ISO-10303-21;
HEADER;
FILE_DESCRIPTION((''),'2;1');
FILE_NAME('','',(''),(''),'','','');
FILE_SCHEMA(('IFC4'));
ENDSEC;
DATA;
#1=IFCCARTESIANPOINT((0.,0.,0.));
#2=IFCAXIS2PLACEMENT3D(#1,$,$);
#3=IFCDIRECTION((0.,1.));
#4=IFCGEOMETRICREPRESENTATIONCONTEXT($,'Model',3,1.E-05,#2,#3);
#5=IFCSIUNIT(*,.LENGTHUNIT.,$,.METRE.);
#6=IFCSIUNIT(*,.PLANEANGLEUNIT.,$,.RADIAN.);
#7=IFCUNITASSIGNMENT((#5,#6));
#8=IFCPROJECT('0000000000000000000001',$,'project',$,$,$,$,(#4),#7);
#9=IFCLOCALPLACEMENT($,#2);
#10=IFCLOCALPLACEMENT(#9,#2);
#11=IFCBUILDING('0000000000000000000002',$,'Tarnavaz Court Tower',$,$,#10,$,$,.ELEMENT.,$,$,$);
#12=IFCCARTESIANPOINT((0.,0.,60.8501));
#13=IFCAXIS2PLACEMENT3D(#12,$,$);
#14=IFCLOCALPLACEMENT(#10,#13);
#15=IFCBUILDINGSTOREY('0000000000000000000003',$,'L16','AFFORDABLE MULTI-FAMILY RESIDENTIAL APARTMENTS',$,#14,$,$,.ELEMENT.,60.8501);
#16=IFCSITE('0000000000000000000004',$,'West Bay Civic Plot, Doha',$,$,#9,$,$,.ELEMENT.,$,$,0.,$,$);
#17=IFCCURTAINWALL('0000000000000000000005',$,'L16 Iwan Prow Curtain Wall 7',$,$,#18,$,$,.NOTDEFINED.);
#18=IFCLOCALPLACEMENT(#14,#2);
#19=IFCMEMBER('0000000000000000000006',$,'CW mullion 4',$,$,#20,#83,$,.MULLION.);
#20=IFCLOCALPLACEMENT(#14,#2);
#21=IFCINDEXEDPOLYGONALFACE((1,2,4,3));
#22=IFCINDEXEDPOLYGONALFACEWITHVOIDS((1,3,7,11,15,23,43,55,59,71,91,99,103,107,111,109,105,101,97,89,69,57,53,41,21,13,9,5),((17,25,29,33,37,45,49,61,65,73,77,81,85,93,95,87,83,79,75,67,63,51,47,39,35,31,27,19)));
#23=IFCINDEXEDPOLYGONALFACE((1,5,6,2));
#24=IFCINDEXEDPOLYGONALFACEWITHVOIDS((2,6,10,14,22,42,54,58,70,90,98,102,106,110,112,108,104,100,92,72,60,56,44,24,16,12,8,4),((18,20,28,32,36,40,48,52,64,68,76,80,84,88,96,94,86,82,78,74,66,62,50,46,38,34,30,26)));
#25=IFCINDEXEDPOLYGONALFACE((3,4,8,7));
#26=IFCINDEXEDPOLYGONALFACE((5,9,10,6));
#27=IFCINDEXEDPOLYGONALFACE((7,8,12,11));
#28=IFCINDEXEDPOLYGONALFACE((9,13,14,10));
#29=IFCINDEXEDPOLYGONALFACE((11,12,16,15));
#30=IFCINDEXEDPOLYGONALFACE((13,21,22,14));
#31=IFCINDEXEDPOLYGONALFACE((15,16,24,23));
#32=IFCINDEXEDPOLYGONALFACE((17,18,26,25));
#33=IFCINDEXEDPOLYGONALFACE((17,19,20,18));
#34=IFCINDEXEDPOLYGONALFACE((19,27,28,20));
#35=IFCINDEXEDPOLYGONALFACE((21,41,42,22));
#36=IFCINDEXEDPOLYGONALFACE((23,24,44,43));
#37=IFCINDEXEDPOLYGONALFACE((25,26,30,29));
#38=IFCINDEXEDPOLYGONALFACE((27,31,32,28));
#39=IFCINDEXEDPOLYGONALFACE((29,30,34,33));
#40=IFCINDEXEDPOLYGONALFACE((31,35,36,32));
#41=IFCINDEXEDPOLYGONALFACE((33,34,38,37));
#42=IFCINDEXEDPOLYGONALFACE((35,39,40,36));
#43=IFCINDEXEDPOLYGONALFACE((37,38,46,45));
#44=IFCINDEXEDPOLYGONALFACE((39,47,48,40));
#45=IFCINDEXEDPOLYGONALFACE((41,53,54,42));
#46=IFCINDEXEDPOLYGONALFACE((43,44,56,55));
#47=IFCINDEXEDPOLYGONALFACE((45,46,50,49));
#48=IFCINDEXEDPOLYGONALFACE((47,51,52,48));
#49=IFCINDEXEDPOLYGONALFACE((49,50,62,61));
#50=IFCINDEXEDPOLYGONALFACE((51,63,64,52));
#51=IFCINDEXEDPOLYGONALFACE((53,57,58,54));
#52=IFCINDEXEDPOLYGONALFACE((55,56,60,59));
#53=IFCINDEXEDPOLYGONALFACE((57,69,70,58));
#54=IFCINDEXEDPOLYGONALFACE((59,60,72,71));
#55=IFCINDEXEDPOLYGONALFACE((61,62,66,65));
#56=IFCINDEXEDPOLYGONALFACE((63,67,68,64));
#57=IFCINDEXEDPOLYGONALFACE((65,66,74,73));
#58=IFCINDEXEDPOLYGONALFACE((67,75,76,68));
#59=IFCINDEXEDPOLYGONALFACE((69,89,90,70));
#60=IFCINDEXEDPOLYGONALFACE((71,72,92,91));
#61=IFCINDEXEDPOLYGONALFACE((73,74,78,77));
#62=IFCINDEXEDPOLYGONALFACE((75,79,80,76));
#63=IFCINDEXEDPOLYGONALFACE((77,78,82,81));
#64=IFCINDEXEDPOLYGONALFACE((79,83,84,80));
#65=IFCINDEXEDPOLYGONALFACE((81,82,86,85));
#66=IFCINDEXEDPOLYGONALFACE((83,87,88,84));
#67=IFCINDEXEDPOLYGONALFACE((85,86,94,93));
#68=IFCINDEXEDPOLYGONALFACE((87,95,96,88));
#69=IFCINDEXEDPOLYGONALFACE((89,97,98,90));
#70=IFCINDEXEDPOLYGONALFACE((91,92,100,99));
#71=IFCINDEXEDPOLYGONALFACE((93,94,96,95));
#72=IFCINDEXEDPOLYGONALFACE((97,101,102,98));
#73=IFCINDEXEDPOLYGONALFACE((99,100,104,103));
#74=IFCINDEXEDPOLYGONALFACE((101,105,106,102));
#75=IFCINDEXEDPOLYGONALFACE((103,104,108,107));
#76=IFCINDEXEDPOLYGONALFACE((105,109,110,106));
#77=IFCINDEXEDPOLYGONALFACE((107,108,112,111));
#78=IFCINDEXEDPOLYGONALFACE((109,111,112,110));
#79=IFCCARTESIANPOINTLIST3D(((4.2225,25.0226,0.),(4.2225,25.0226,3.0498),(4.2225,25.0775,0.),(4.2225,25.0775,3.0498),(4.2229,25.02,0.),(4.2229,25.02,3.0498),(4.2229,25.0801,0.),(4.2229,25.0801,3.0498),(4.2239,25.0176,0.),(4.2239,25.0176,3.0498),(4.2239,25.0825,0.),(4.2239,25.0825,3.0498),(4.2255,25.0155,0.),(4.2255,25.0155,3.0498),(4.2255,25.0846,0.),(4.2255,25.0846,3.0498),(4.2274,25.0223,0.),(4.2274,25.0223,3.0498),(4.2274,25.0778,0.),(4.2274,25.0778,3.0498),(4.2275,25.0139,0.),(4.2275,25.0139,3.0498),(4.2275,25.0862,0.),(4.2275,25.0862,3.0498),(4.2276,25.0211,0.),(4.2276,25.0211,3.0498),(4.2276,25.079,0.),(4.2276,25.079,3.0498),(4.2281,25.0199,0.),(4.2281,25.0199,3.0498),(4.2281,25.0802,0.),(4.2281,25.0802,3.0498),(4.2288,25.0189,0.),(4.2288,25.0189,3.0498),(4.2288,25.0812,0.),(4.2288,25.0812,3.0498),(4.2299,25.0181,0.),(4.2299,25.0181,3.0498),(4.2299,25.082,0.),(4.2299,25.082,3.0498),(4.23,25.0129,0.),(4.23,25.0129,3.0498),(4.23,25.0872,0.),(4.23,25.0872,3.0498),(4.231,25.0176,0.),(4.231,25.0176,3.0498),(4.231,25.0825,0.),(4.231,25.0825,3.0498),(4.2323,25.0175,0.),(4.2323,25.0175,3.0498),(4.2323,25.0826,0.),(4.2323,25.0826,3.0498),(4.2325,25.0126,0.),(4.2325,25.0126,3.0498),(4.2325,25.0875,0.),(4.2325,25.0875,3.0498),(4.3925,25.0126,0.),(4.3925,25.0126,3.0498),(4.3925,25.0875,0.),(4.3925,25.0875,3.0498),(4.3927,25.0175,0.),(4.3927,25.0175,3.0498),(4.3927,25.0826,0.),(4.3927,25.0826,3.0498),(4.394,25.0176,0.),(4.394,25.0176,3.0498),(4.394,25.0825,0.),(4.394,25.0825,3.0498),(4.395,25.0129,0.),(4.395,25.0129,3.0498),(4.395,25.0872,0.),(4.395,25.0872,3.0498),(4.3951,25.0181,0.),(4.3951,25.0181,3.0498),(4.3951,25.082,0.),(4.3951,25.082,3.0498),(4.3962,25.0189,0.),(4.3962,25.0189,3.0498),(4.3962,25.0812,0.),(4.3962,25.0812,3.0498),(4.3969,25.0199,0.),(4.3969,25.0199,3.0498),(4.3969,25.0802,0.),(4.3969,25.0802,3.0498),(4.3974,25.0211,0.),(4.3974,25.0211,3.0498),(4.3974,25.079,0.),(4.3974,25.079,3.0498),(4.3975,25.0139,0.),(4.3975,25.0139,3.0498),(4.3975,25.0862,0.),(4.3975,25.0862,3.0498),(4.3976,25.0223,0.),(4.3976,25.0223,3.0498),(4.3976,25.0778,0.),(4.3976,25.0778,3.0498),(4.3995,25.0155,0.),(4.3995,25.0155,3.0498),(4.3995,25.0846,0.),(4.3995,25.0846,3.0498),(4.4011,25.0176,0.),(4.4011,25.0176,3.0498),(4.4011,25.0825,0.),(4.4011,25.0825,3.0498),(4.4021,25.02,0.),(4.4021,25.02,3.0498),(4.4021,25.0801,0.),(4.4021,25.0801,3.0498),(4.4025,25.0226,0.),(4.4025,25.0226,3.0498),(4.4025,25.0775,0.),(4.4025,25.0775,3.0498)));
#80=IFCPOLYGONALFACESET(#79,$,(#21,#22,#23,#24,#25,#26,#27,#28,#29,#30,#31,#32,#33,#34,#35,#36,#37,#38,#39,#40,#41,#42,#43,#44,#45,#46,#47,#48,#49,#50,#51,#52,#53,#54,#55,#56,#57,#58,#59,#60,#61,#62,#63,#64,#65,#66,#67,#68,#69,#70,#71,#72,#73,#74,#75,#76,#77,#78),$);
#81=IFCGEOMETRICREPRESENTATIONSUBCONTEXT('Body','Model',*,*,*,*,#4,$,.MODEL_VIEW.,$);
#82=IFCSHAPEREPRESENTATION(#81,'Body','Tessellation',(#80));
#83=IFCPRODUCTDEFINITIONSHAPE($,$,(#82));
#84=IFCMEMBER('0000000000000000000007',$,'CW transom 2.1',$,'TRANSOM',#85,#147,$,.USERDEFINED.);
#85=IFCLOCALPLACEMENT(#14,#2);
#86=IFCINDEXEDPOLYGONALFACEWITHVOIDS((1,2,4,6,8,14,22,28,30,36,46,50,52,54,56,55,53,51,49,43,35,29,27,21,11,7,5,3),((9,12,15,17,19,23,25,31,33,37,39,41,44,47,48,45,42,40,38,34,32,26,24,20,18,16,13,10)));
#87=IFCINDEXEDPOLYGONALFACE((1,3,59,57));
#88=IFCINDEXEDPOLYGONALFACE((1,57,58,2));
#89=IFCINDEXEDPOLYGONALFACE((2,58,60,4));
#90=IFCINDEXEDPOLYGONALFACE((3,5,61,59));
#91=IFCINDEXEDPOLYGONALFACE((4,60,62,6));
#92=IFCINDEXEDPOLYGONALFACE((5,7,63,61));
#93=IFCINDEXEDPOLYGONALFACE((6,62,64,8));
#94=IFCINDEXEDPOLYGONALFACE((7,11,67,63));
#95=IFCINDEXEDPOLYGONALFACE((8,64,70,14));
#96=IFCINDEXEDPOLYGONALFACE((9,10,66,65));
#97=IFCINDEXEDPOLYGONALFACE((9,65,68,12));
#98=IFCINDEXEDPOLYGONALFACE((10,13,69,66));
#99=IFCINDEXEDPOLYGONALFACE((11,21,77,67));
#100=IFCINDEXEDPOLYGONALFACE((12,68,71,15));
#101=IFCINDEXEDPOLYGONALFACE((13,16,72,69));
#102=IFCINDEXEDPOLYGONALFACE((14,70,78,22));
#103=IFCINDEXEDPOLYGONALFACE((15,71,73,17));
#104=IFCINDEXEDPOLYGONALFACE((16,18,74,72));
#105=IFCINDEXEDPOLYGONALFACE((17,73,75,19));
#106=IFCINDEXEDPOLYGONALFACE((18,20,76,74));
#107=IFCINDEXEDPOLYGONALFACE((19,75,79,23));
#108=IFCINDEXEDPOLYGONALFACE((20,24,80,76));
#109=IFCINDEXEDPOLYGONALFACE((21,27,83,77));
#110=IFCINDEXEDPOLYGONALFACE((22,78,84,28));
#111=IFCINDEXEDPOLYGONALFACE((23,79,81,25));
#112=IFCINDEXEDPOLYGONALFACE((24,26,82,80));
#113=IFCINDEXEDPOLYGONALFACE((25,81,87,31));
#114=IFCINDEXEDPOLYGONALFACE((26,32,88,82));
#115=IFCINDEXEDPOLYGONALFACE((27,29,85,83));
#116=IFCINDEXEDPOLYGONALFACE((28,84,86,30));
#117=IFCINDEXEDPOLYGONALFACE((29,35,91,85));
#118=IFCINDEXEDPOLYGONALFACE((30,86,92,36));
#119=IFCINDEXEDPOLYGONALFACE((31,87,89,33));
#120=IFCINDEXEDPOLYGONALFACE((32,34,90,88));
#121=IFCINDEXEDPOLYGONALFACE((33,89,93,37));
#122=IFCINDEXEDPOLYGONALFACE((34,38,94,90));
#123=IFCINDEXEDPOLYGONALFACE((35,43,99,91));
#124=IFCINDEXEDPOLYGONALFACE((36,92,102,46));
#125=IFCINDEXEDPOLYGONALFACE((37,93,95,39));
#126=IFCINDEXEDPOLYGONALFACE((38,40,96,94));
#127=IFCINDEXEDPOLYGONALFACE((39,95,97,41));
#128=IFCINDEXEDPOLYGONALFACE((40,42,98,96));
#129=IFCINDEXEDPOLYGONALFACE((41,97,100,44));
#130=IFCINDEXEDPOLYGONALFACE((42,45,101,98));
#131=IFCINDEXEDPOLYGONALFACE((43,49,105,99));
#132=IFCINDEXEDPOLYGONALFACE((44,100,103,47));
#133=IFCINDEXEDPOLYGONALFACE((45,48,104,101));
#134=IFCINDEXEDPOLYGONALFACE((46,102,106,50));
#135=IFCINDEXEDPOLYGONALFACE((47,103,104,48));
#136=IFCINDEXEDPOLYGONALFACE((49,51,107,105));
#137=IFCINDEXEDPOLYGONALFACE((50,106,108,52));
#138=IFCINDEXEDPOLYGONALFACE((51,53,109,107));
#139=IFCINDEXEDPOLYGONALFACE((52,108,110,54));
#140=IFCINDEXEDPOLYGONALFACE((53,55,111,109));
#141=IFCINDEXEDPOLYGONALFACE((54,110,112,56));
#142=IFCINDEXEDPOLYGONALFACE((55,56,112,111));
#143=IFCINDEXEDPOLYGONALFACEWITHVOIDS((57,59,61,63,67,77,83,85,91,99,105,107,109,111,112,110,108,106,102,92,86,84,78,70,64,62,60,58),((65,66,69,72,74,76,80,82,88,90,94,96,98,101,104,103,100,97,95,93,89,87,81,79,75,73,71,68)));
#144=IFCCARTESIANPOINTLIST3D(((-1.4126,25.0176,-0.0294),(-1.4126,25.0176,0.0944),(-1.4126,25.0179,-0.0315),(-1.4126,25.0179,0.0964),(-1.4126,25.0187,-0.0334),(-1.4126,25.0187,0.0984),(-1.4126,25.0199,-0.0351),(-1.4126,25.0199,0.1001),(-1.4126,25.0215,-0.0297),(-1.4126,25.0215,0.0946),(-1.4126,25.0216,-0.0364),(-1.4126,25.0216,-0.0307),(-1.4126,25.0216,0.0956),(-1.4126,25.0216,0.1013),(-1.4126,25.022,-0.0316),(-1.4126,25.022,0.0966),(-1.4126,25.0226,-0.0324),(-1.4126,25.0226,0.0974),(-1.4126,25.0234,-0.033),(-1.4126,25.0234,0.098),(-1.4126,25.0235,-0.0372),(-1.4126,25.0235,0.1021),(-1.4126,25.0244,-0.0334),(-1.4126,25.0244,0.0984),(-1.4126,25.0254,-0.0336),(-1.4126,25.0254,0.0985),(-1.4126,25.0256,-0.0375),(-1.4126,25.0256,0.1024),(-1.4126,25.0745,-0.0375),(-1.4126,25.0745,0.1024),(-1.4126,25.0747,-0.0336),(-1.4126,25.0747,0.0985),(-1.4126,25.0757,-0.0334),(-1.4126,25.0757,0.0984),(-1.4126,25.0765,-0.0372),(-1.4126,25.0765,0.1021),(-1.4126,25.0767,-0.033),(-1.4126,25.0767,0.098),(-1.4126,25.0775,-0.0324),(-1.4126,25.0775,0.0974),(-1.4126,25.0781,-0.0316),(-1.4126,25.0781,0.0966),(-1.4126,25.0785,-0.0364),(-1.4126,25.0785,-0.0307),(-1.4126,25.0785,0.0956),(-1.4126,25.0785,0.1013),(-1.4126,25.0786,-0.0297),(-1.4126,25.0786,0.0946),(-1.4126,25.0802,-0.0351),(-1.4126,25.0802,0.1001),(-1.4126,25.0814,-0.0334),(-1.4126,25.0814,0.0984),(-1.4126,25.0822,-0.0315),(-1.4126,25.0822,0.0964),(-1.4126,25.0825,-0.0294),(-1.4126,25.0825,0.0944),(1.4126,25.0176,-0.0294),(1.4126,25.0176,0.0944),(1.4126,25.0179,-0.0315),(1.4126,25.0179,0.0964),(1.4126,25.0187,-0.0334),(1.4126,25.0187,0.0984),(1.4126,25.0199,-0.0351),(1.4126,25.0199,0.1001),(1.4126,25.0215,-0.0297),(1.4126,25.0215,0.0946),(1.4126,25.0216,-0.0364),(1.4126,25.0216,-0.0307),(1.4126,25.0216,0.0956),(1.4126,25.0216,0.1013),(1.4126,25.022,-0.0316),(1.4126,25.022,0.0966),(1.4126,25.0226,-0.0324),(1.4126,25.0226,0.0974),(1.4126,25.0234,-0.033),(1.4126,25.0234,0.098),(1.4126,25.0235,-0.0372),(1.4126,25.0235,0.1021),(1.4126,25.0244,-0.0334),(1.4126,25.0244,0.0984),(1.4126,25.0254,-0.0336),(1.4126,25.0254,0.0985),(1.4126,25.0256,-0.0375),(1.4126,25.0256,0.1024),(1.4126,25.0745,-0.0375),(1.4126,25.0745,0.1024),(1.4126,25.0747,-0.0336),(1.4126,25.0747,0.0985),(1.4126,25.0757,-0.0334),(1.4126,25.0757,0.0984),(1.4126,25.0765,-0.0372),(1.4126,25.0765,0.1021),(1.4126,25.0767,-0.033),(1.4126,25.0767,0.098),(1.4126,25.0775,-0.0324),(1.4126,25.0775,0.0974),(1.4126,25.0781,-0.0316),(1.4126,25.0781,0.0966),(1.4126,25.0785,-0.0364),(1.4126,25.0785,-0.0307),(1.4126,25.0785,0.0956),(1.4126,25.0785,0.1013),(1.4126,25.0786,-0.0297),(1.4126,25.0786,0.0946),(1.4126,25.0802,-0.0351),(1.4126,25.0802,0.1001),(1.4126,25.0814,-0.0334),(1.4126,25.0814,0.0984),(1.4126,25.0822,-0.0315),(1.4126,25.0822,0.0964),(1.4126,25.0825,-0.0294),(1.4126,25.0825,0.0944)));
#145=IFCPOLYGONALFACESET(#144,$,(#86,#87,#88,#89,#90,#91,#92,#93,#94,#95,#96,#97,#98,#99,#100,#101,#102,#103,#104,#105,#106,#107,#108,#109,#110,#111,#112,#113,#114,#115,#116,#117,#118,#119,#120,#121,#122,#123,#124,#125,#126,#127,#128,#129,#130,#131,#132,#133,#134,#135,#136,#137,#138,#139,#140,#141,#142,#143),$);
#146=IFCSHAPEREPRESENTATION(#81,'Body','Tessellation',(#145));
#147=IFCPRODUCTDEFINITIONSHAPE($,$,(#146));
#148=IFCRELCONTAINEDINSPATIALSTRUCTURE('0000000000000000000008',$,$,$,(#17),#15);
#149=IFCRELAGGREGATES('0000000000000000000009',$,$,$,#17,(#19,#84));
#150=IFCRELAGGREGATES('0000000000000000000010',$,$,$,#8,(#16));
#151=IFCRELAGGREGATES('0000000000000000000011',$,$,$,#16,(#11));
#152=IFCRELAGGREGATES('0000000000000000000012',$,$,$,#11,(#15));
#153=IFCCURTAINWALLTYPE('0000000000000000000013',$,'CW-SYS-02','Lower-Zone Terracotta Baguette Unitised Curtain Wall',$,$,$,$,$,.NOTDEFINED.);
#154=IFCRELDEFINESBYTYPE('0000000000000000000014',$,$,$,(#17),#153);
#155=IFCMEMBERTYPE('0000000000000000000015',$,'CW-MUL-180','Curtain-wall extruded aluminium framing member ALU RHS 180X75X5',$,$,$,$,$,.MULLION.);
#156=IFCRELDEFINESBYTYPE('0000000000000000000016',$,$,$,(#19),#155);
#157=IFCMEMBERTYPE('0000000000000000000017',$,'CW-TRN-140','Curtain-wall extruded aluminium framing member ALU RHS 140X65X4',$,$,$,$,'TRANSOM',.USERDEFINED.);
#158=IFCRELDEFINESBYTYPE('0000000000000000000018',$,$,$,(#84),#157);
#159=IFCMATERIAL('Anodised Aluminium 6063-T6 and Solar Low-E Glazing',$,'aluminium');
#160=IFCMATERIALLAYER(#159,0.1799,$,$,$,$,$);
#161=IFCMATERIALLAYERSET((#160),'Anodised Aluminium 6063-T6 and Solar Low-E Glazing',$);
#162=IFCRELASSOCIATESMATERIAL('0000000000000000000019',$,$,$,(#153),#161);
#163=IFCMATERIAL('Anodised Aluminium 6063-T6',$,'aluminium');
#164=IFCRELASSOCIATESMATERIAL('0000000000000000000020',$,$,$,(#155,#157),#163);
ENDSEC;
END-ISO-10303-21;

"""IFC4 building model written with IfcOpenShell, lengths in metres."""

from ifc_helpers import new_model, si_unit, direction, frame, origin, origin_2d, place, context, subcontext, project, spatial, hollow_rectangle, extrude, material, layer, layer_set, material_profile, profile_set, type_object, element, aggregate, save


model = new_model("IFC4")

# Units and contexts
model_context = context("Model", 3, precision=1e-05, world=origin(), true_north=direction((0.0, 1.0)))
body_context = subcontext(model_context, "Body", "Model", "MODEL_VIEW")
ifc_project = project(units=[si_unit("LENGTHUNIT", "METRE"), si_unit("PLANEANGLEUNIT", "RADIAN")], contexts=[model_context])

# Site, building, storey
site_placement = place(None, origin())
site = spatial("IfcSite", under=ifc_project, at=site_placement, Name="West Bay Civic Plot, Doha", CompositionType="ELEMENT", RefElevation=0.0)
building_placement = place(site_placement, origin())
building = spatial("IfcBuilding", under=site, at=building_placement, Name="Tarnavaz Court Tower", CompositionType="ELEMENT")
storey_placement = place(building_placement, frame((0.0, 0.0, 60.8501)))
storey = spatial("IfcBuildingStorey", under=building, at=storey_placement, Name="L16", Description="AFFORDABLE MULTI-FAMILY RESIDENTIAL APARTMENTS", CompositionType="ELEMENT", Elevation=60.8501)

# Curtain wall, members
ifc_material_1 = material(Name="Anodised Aluminium 6063-T6 and Solar Low-E Glazing", Category="aluminium")
ifc_layer_1 = layer(ifc_material_1, 0.1799)
ifc_layer_set_1 = layer_set([ifc_layer_1], Name="Anodised Aluminium 6063-T6 and Solar Low-E Glazing")
curtain_wall_type = type_object("IfcCurtainWallType", Name="CW-SYS-02", Description="Lower-Zone Terracotta Baguette Unitised Curtain Wall", PredefinedType="NOTDEFINED", material=ifc_layer_set_1)
curtain_wall_placement = place(storey_placement, origin())
curtain_wall = element("IfcCurtainWall", 1, at=curtain_wall_placement, inside=storey, type_object=curtain_wall_type, Name="L16 Iwan Prow Curtain Wall 7", PredefinedType="NOTDEFINED")
ifc_material_2 = material(Name="Anodised Aluminium 6063-T6", Category="aluminium")
ifc_material_profile_1 = material_profile(ifc_material_2, hollow_rectangle(XDim=0.075, YDim=0.1799, WallThickness=0.0049, InnerFilletRadius=0.0049, OuterFilletRadius=0.01, at=origin_2d()), Name="ALU RHS 180X75X5")
ifc_profile_set_1 = profile_set([ifc_material_profile_1], Name="Anodised Aluminium 6063-T6")
member_type_1 = type_object("IfcMemberType", Name="CW-MUL-180", Description="Curtain-wall extruded aluminium framing member ALU RHS 180X75X5", PredefinedType="MULLION", material=ifc_profile_set_1)
member_1_placement = place(storey_placement, frame((4.3125, 25.05, 0.0), z_axis=(0.0, 0.0, 1.0), x_axis=(0.0, 1.0, 0.0)))
member_1 = element("IfcMember", 2, at=member_1_placement, type_object=member_type_1, Name="CW mullion 4", PredefinedType="MULLION", context=body_context, shape_type="SweptSolid", body=[
    extrude(hollow_rectangle(XDim=0.075, YDim=0.1799, WallThickness=0.0049, InnerFilletRadius=0.0049, OuterFilletRadius=0.01, at=origin_2d()), origin(), (0.0, 0.0, 1.0), 3.0498),
])
ifc_material_profile_2 = material_profile(ifc_material_2, hollow_rectangle(XDim=0.0649, YDim=0.1399, WallThickness=0.0039, InnerFilletRadius=0.0039, OuterFilletRadius=0.0081, at=origin_2d()), Name="ALU RHS 140X65X4")
ifc_profile_set_2 = profile_set([ifc_material_profile_2], Name="Anodised Aluminium 6063-T6")
member_type_2 = type_object("IfcMemberType", Name="CW-TRN-140", Description="Curtain-wall extruded aluminium framing member ALU RHS 140X65X4", ElementType="TRANSOM", PredefinedType="USERDEFINED", material=ifc_profile_set_2)
member_2_placement = place(storey_placement, frame((-1.4126, 25.05, 0.0325), z_axis=(1.0, 0.0, 0.0), x_axis=(0.0, 1.0, 0.0)))
member_2 = element("IfcMember", 3, at=member_2_placement, type_object=member_type_2, Name="CW transom 2.1", ObjectType="TRANSOM", PredefinedType="USERDEFINED", context=body_context, shape_type="SweptSolid", body=[
    extrude(hollow_rectangle(XDim=0.0649, YDim=0.1399, WallThickness=0.0039, InnerFilletRadius=0.0039, OuterFilletRadius=0.0081, at=origin_2d()), origin(), (0.0, 0.0, 1.0), 2.8252),
])
aggregate(curtain_wall, [member_1, member_2])

save(model, "model.ifc")
